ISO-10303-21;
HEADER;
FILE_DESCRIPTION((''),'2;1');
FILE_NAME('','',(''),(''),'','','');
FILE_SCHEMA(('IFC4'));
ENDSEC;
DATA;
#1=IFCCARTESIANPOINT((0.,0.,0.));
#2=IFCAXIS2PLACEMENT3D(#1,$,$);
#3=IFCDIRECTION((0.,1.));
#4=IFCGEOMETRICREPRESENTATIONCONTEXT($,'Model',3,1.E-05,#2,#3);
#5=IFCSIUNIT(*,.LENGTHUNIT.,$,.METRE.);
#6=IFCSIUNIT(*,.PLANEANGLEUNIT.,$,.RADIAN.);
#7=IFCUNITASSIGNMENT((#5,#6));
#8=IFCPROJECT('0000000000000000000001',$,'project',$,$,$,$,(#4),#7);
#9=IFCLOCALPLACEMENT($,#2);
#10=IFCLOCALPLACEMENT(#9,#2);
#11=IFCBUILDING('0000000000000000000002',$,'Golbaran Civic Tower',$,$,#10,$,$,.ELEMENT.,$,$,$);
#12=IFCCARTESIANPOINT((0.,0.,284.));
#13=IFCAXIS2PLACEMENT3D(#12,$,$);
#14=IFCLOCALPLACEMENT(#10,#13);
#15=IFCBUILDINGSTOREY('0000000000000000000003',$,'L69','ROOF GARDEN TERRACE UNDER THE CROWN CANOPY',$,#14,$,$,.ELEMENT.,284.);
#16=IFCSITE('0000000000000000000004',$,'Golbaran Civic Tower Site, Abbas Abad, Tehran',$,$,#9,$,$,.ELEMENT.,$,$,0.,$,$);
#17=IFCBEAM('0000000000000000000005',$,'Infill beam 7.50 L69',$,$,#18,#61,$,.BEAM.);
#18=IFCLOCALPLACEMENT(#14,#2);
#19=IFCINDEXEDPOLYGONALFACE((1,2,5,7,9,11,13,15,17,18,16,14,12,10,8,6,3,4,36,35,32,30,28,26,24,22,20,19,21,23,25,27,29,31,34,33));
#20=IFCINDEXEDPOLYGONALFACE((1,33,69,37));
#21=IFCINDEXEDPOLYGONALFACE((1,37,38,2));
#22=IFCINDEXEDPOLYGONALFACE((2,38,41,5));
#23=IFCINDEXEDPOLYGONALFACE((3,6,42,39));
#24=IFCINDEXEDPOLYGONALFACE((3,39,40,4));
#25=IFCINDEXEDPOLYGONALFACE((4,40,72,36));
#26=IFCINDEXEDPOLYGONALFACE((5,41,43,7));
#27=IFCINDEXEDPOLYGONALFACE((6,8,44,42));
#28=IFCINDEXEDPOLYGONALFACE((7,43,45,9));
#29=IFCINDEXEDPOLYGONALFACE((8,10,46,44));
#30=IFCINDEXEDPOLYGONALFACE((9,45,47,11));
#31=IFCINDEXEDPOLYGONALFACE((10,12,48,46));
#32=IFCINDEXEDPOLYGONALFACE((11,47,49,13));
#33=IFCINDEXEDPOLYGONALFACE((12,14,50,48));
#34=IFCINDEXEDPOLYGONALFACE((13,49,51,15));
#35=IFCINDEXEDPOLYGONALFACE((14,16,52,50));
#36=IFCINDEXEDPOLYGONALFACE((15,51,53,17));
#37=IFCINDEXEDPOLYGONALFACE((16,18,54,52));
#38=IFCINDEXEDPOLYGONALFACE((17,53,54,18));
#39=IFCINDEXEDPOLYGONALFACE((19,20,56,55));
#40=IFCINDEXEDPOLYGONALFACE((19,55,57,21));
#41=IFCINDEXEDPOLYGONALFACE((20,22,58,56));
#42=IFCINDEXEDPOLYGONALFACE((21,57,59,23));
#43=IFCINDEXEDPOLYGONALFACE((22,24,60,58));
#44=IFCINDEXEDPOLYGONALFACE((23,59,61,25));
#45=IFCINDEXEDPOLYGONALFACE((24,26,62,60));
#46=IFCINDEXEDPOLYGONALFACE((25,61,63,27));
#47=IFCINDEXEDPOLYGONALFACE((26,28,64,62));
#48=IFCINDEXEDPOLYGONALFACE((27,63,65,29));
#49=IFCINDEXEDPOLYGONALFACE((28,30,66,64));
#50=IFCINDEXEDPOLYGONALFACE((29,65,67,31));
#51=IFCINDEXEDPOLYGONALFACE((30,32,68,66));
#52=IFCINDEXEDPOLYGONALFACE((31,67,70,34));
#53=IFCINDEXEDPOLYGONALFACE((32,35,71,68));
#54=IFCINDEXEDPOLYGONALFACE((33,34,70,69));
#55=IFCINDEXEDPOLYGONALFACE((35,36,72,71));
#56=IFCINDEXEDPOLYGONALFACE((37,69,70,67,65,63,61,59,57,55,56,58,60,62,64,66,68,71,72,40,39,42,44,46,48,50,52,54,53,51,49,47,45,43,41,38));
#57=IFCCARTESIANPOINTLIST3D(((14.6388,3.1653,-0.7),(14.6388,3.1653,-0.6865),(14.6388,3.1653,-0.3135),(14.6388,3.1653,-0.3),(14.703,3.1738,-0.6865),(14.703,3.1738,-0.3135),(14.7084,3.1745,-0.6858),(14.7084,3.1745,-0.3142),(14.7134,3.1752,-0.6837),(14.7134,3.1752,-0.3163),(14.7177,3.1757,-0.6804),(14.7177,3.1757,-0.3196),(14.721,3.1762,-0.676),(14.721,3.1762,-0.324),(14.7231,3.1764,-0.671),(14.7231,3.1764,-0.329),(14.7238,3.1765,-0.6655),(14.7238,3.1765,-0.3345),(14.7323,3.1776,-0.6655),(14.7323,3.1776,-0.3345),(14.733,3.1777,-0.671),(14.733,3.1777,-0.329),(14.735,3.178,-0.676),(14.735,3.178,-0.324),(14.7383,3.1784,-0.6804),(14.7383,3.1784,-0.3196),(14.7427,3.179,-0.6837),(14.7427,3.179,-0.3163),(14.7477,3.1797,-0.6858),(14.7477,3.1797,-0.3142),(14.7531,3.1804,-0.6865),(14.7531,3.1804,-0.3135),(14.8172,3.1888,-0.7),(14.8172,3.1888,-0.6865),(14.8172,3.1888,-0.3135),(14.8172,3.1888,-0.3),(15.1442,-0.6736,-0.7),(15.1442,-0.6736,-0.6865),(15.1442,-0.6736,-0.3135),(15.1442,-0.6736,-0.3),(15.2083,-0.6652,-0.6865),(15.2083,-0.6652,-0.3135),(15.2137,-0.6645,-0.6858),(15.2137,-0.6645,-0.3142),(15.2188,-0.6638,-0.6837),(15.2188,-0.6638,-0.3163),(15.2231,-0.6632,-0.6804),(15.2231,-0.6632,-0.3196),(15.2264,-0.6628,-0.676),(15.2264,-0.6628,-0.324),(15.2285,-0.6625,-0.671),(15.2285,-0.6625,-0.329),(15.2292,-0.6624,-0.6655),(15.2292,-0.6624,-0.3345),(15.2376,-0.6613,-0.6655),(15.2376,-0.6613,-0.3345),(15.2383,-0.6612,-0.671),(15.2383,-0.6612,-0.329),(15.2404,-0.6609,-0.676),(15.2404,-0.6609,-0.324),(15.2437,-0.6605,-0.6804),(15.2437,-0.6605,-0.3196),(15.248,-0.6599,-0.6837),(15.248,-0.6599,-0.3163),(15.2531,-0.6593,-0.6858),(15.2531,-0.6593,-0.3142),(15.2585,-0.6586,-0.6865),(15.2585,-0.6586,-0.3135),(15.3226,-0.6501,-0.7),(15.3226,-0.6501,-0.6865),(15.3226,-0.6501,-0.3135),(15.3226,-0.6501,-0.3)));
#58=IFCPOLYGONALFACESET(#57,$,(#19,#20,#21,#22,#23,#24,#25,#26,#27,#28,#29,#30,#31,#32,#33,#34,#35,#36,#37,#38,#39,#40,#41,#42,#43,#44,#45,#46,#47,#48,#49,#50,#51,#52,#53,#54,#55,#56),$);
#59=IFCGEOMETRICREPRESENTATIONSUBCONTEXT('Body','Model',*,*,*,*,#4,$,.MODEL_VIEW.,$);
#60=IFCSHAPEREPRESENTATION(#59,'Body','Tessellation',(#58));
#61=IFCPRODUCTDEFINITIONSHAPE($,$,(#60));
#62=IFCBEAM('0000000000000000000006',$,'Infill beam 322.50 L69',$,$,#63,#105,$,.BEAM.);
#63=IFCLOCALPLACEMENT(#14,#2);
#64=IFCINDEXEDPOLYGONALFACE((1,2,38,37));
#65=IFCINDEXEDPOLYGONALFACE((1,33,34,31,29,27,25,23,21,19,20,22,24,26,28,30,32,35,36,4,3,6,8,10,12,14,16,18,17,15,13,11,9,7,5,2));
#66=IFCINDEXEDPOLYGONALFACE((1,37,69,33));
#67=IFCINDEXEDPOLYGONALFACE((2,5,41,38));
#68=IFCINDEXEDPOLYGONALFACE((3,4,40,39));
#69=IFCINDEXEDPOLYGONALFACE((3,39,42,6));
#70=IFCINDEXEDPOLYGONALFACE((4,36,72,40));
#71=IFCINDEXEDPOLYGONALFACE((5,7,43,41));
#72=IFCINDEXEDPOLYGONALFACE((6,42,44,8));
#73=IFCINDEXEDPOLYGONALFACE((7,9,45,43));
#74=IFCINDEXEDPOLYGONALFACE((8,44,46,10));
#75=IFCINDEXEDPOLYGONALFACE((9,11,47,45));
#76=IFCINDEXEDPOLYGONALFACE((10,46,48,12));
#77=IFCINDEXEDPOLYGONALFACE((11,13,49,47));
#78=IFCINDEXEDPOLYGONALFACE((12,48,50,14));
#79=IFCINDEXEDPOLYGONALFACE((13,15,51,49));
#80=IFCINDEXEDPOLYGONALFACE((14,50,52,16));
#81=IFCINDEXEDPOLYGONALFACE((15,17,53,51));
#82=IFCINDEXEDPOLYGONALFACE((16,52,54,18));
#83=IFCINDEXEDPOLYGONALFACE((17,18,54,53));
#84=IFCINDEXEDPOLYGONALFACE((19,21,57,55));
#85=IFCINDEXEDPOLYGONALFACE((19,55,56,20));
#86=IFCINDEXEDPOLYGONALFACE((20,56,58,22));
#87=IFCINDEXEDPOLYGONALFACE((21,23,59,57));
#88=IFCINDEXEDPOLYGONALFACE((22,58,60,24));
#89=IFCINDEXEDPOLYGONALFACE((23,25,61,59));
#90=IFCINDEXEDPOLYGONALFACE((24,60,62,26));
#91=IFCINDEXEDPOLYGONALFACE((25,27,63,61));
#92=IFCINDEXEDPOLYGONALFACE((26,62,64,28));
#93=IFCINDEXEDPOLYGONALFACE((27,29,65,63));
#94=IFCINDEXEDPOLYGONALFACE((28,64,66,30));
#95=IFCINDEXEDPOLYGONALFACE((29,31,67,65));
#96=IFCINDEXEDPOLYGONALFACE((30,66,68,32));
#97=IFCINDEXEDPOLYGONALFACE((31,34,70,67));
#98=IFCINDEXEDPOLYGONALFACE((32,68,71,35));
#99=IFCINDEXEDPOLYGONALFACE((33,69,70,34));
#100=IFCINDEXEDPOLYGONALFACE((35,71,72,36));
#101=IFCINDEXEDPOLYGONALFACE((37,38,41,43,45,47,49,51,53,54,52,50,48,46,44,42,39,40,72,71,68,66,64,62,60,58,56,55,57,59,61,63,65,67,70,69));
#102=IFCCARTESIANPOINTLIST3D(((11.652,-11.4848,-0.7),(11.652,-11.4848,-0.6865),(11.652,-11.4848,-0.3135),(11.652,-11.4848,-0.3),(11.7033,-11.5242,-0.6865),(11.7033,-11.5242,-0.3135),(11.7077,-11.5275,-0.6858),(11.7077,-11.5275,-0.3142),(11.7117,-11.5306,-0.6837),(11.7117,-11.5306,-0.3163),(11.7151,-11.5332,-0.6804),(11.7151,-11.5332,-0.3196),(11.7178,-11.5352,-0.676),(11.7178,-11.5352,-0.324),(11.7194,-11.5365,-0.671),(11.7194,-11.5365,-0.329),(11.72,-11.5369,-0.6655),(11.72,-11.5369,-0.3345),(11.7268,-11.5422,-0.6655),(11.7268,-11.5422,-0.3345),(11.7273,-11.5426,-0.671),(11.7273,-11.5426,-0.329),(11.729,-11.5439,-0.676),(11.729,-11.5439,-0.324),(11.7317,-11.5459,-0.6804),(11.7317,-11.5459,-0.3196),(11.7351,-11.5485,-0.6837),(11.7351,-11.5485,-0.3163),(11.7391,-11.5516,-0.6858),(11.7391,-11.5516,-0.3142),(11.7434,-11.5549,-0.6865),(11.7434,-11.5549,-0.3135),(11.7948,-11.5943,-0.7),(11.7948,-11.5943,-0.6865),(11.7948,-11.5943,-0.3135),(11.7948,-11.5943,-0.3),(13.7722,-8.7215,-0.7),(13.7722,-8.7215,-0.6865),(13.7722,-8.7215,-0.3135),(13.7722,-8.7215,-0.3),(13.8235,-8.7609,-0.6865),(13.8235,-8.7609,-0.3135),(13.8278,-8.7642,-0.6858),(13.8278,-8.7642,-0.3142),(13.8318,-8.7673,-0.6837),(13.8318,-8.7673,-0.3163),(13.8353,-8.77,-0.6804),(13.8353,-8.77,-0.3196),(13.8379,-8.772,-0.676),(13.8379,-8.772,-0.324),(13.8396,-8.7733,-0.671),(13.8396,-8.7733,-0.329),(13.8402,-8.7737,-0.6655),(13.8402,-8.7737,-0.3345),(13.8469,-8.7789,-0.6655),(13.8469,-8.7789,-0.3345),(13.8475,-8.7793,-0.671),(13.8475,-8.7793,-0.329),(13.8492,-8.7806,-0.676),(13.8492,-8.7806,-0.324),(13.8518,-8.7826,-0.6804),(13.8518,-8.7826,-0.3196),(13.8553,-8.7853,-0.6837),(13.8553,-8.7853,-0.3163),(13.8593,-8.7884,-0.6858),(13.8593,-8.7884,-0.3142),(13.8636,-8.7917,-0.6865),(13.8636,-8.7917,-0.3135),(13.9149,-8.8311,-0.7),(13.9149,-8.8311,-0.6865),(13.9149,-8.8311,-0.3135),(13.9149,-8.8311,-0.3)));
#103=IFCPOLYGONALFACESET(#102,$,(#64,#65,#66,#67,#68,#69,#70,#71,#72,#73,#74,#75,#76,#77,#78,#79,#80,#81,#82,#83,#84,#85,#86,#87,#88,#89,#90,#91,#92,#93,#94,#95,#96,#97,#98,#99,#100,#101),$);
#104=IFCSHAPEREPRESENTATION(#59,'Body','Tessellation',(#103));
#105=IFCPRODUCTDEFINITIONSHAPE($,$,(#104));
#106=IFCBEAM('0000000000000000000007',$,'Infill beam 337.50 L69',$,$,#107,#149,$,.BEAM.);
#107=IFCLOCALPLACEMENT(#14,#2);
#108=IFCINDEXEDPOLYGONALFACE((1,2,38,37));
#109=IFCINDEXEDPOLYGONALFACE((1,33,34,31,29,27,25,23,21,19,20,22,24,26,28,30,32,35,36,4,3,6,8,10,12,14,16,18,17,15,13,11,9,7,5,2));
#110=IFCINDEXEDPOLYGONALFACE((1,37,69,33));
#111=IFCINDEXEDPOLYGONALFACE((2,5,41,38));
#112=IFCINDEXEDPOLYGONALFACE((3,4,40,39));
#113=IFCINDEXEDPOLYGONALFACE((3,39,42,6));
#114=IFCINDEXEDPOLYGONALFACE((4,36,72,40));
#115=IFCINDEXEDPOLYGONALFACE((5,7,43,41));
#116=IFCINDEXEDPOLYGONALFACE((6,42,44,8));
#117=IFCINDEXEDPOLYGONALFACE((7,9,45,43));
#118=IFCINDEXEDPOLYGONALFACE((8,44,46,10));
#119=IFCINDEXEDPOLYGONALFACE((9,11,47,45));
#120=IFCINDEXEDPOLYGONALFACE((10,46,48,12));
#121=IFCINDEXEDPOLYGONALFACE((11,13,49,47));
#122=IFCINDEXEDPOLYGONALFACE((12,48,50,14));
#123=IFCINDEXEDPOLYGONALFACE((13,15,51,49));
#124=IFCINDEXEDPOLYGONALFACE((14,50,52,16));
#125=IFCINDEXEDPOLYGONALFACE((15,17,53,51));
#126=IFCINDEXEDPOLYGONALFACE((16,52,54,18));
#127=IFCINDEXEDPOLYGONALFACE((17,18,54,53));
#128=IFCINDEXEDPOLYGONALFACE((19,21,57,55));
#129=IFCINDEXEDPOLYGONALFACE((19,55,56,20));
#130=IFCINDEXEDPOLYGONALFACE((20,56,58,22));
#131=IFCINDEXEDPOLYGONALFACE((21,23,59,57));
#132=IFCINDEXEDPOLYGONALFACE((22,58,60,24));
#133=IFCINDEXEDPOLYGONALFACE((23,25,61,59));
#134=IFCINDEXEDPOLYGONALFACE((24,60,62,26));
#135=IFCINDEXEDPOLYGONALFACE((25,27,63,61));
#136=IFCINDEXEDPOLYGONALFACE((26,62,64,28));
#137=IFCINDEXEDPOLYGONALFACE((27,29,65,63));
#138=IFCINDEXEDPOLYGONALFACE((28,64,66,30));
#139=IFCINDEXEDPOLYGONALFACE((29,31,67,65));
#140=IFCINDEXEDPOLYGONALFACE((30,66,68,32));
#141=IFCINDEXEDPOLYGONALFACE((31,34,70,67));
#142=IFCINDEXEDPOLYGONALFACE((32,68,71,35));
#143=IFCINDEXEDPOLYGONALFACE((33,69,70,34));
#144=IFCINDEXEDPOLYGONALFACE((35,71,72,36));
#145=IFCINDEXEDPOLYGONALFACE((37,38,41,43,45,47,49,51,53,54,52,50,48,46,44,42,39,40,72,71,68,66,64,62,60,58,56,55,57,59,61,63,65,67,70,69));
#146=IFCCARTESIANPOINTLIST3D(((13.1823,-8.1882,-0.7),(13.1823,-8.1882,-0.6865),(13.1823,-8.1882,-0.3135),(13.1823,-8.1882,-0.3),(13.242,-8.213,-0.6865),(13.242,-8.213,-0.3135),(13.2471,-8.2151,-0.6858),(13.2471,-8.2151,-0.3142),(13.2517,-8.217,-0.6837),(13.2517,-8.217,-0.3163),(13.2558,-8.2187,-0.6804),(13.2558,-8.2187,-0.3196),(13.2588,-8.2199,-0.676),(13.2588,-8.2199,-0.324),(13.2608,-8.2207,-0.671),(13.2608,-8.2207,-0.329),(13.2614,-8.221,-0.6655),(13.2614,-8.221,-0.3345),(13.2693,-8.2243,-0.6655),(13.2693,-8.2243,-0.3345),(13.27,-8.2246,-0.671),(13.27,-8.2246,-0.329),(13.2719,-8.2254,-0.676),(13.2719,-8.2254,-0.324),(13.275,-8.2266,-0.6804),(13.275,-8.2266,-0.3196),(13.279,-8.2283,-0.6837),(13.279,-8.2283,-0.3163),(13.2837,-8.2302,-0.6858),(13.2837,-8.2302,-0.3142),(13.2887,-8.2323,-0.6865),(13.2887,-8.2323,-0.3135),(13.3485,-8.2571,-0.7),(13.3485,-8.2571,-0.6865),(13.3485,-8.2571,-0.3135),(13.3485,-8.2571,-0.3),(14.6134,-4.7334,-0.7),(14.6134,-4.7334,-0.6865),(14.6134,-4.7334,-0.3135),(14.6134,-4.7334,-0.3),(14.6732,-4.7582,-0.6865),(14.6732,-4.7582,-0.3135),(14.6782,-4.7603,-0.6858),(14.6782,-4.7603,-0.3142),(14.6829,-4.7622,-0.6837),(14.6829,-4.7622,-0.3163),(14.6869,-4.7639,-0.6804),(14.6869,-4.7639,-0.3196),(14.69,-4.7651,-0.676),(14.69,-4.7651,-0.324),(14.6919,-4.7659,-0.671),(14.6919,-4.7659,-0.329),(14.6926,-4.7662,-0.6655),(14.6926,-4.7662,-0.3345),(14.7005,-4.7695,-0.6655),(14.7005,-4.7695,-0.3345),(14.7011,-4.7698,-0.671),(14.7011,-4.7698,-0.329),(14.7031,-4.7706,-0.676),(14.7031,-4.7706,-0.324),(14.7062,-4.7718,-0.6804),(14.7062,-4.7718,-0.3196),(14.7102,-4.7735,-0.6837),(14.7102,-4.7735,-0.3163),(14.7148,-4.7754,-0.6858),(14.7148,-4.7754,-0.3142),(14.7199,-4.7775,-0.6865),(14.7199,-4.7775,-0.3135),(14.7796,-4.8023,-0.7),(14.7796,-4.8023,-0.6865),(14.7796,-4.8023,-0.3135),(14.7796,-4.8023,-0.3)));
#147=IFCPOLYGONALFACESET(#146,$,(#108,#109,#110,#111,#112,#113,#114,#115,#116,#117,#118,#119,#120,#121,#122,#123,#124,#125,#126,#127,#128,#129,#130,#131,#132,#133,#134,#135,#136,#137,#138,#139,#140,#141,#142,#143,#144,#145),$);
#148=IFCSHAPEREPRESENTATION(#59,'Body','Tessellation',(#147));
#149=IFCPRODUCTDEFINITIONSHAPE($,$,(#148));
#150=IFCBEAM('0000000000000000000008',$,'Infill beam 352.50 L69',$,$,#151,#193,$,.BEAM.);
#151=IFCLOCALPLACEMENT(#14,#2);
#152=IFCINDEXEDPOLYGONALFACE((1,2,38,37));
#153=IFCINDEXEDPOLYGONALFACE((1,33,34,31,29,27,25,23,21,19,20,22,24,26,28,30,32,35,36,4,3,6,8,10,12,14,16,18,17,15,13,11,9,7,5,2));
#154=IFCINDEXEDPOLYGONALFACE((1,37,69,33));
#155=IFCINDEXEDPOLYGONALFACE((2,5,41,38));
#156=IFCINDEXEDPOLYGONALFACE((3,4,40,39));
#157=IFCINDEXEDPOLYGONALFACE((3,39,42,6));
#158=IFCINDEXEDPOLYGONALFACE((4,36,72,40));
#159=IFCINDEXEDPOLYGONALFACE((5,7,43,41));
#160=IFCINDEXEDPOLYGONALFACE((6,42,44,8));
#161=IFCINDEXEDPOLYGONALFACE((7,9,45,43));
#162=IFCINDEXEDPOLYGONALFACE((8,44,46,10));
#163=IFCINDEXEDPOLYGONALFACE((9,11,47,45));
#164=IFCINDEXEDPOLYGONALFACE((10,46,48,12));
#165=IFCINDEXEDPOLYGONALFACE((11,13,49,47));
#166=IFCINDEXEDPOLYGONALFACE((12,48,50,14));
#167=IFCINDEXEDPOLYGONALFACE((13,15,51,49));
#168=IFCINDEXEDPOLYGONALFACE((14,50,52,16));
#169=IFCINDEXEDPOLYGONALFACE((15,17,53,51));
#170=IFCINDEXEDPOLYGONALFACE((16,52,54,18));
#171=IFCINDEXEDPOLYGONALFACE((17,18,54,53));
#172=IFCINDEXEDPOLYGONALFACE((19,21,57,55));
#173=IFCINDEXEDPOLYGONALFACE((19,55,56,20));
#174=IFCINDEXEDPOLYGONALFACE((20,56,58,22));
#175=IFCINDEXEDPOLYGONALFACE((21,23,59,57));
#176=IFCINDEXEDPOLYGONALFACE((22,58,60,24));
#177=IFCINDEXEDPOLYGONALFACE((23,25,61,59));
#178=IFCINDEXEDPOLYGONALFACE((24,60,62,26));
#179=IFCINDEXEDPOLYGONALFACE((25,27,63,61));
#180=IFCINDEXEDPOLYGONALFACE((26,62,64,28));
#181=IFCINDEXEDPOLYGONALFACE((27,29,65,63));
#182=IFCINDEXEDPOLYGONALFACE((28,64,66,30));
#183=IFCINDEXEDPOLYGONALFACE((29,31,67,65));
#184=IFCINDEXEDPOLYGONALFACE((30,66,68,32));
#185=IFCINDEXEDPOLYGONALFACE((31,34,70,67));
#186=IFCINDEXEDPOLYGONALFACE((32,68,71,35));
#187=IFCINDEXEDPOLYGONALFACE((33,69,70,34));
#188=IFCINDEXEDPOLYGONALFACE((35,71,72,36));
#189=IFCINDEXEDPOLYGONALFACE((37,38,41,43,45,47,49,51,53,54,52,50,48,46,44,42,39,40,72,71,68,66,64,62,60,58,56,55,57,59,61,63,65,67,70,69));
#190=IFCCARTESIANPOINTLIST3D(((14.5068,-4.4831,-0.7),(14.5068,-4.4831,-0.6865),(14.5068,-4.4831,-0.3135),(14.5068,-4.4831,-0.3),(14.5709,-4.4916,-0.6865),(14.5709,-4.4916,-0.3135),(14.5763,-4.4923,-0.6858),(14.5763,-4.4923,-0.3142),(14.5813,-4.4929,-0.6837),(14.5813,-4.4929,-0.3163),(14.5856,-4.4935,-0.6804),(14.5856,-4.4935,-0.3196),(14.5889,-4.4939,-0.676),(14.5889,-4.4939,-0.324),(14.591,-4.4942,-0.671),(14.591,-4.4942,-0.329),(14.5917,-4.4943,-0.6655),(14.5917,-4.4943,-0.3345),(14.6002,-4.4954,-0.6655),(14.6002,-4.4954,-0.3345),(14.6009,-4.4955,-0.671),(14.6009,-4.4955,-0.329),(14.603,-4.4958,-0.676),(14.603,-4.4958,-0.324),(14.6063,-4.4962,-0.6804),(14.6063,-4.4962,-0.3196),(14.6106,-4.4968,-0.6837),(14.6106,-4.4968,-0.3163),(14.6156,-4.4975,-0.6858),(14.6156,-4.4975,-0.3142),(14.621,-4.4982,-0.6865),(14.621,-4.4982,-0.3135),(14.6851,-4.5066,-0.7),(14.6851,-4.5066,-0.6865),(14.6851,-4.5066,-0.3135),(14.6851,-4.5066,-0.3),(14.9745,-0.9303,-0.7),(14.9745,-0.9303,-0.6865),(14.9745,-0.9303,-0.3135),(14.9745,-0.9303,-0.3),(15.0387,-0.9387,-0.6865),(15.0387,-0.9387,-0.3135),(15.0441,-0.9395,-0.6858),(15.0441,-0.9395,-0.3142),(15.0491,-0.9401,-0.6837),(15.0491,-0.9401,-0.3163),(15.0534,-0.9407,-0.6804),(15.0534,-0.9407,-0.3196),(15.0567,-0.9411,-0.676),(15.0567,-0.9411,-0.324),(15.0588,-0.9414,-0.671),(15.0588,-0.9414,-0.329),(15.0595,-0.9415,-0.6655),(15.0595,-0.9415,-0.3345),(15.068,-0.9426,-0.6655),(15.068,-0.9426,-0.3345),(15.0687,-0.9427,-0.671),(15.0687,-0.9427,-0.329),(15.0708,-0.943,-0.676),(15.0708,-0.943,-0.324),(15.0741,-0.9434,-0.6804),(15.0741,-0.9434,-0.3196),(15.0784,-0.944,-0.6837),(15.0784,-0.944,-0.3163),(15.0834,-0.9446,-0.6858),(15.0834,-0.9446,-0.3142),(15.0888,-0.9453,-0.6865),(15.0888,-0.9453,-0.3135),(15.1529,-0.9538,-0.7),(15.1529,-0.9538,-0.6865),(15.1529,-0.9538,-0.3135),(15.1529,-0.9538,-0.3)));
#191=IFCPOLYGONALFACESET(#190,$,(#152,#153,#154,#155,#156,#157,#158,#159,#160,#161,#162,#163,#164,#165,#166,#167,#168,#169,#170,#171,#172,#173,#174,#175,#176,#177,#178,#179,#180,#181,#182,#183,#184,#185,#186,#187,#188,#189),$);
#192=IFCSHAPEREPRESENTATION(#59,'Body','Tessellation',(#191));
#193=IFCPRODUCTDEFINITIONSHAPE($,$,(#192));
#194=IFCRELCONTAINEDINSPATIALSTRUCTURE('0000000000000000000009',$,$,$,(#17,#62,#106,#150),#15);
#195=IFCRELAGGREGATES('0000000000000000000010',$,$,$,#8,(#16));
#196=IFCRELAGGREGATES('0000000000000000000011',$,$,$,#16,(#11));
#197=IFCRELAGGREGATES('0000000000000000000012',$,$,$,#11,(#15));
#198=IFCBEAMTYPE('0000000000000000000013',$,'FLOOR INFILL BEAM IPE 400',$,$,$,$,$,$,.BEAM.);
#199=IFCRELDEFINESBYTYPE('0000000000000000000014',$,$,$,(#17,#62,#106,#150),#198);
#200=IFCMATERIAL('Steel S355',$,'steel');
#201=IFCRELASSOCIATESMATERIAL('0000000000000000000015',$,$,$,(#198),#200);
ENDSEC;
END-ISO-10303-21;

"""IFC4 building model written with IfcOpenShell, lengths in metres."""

from ifc_helpers import new_model, si_unit, direction, frame, origin, origin_2d, place, context, subcontext, project, spatial, i_section, extrude, material, material_profile, profile_set, type_object, element, save


model = new_model("IFC4")

# Units and contexts
model_context = context("Model", 3, precision=1e-05, world=origin(), true_north=direction((0.0, 1.0)))
body_context = subcontext(model_context, "Body", "Model", "MODEL_VIEW")
ifc_project = project(units=[si_unit("LENGTHUNIT", "METRE"), si_unit("PLANEANGLEUNIT", "RADIAN")], contexts=[model_context])

# Site, building, storey
site_placement = place(None, origin())
site = spatial("IfcSite", under=ifc_project, at=site_placement, Name="Golbaran Civic Tower Site, Abbas Abad, Tehran", CompositionType="ELEMENT", RefElevation=0.0)
building_placement = place(site_placement, origin())
building = spatial("IfcBuilding", under=site, at=building_placement, Name="Golbaran Civic Tower", CompositionType="ELEMENT")
storey_placement = place(building_placement, frame((0.0, 0.0, 284.0)))
storey = spatial("IfcBuildingStorey", under=building, at=storey_placement, Name="L69", Description="ROOF GARDEN TERRACE UNDER THE CROWN CANOPY", CompositionType="ELEMENT", Elevation=284.0)

# Shared definitions
ifc_material_1 = material(Name="Steel S355", Category="steel")

# Beams
ifc_material_profile_1 = material_profile(ifc_material_1, i_section(OverallWidth=0.1799, OverallDepth=0.3999, WebThickness=0.0085, FlangeThickness=0.0134, FilletRadius=0.021, at=origin_2d()), Name="IPE 400")
ifc_profile_set_1 = profile_set([ifc_material_profile_1], Name="Steel S355")
beam_type_1 = type_object("IfcBeamType", Name="FLOOR INFILL BEAM IPE 400", PredefinedType="BEAM", material=ifc_profile_set_1)
beam_1_placement = place(storey_placement, frame((15.2334, -0.6619, -0.5), z_axis=(-0.13052, 0.991446, 0.0), x_axis=(-0.991446, -0.13052, 0.0)))
element("IfcBeam", 1, at=beam_1_placement, inside=storey, type_object=beam_type_1, Name="Infill beam 7.50 L69", PredefinedType="BEAM", context=body_context, shape_type="SweptSolid", body=[
    extrude(i_section(OverallWidth=0.1799, OverallDepth=0.3999, WebThickness=0.0085, FlangeThickness=0.0134, FilletRadius=0.021, at=origin_2d()), origin(), (0.0, 0.0, 1.0), 3.8721),
])
beam_2_placement = place(storey_placement, frame((11.7234, -11.5396, -0.5), z_axis=(0.608735, 0.793374, 0.0), x_axis=(-0.793374, 0.608735, 0.0)))
element("IfcBeam", 2, at=beam_2_placement, inside=storey, type_object=beam_type_1, Name="Infill beam 322.50 L69", PredefinedType="BEAM", context=body_context, shape_type="SweptSolid", body=[
    extrude(i_section(OverallWidth=0.1799, OverallDepth=0.3999, WebThickness=0.0085, FlangeThickness=0.0134, FilletRadius=0.021, at=origin_2d()), origin(), (0.0, 0.0, 1.0), 3.4829),
])
beam_3_placement = place(storey_placement, frame((13.2654, -8.2227, -0.5), z_axis=(0.382709, 0.923869, 0.0), x_axis=(-0.923869, 0.382709, 0.0)))
element("IfcBeam", 3, at=beam_3_placement, inside=storey, type_object=beam_type_1, Name="Infill beam 337.50 L69", PredefinedType="BEAM", context=body_context, shape_type="SweptSolid", body=[
    extrude(i_section(OverallWidth=0.1799, OverallDepth=0.3999, WebThickness=0.0085, FlangeThickness=0.0134, FilletRadius=0.021, at=origin_2d()), origin(), (0.0, 0.0, 1.0), 3.7395),
])
beam_4_placement = place(storey_placement, frame((14.5959, -4.4949, -0.5), z_axis=(0.130539, 0.991443, 0.0), x_axis=(-0.991443, 0.130539, 0.0)))
element("IfcBeam", 4, at=beam_4_placement, inside=storey, type_object=beam_type_1, Name="Infill beam 352.50 L69", PredefinedType="BEAM", context=body_context, shape_type="SweptSolid", body=[
    extrude(i_section(OverallWidth=0.1799, OverallDepth=0.3999, WebThickness=0.0085, FlangeThickness=0.0134, FilletRadius=0.021, at=origin_2d()), origin(), (0.0, 0.0, 1.0), 3.5835),
])

save(model, "model.ifc")
